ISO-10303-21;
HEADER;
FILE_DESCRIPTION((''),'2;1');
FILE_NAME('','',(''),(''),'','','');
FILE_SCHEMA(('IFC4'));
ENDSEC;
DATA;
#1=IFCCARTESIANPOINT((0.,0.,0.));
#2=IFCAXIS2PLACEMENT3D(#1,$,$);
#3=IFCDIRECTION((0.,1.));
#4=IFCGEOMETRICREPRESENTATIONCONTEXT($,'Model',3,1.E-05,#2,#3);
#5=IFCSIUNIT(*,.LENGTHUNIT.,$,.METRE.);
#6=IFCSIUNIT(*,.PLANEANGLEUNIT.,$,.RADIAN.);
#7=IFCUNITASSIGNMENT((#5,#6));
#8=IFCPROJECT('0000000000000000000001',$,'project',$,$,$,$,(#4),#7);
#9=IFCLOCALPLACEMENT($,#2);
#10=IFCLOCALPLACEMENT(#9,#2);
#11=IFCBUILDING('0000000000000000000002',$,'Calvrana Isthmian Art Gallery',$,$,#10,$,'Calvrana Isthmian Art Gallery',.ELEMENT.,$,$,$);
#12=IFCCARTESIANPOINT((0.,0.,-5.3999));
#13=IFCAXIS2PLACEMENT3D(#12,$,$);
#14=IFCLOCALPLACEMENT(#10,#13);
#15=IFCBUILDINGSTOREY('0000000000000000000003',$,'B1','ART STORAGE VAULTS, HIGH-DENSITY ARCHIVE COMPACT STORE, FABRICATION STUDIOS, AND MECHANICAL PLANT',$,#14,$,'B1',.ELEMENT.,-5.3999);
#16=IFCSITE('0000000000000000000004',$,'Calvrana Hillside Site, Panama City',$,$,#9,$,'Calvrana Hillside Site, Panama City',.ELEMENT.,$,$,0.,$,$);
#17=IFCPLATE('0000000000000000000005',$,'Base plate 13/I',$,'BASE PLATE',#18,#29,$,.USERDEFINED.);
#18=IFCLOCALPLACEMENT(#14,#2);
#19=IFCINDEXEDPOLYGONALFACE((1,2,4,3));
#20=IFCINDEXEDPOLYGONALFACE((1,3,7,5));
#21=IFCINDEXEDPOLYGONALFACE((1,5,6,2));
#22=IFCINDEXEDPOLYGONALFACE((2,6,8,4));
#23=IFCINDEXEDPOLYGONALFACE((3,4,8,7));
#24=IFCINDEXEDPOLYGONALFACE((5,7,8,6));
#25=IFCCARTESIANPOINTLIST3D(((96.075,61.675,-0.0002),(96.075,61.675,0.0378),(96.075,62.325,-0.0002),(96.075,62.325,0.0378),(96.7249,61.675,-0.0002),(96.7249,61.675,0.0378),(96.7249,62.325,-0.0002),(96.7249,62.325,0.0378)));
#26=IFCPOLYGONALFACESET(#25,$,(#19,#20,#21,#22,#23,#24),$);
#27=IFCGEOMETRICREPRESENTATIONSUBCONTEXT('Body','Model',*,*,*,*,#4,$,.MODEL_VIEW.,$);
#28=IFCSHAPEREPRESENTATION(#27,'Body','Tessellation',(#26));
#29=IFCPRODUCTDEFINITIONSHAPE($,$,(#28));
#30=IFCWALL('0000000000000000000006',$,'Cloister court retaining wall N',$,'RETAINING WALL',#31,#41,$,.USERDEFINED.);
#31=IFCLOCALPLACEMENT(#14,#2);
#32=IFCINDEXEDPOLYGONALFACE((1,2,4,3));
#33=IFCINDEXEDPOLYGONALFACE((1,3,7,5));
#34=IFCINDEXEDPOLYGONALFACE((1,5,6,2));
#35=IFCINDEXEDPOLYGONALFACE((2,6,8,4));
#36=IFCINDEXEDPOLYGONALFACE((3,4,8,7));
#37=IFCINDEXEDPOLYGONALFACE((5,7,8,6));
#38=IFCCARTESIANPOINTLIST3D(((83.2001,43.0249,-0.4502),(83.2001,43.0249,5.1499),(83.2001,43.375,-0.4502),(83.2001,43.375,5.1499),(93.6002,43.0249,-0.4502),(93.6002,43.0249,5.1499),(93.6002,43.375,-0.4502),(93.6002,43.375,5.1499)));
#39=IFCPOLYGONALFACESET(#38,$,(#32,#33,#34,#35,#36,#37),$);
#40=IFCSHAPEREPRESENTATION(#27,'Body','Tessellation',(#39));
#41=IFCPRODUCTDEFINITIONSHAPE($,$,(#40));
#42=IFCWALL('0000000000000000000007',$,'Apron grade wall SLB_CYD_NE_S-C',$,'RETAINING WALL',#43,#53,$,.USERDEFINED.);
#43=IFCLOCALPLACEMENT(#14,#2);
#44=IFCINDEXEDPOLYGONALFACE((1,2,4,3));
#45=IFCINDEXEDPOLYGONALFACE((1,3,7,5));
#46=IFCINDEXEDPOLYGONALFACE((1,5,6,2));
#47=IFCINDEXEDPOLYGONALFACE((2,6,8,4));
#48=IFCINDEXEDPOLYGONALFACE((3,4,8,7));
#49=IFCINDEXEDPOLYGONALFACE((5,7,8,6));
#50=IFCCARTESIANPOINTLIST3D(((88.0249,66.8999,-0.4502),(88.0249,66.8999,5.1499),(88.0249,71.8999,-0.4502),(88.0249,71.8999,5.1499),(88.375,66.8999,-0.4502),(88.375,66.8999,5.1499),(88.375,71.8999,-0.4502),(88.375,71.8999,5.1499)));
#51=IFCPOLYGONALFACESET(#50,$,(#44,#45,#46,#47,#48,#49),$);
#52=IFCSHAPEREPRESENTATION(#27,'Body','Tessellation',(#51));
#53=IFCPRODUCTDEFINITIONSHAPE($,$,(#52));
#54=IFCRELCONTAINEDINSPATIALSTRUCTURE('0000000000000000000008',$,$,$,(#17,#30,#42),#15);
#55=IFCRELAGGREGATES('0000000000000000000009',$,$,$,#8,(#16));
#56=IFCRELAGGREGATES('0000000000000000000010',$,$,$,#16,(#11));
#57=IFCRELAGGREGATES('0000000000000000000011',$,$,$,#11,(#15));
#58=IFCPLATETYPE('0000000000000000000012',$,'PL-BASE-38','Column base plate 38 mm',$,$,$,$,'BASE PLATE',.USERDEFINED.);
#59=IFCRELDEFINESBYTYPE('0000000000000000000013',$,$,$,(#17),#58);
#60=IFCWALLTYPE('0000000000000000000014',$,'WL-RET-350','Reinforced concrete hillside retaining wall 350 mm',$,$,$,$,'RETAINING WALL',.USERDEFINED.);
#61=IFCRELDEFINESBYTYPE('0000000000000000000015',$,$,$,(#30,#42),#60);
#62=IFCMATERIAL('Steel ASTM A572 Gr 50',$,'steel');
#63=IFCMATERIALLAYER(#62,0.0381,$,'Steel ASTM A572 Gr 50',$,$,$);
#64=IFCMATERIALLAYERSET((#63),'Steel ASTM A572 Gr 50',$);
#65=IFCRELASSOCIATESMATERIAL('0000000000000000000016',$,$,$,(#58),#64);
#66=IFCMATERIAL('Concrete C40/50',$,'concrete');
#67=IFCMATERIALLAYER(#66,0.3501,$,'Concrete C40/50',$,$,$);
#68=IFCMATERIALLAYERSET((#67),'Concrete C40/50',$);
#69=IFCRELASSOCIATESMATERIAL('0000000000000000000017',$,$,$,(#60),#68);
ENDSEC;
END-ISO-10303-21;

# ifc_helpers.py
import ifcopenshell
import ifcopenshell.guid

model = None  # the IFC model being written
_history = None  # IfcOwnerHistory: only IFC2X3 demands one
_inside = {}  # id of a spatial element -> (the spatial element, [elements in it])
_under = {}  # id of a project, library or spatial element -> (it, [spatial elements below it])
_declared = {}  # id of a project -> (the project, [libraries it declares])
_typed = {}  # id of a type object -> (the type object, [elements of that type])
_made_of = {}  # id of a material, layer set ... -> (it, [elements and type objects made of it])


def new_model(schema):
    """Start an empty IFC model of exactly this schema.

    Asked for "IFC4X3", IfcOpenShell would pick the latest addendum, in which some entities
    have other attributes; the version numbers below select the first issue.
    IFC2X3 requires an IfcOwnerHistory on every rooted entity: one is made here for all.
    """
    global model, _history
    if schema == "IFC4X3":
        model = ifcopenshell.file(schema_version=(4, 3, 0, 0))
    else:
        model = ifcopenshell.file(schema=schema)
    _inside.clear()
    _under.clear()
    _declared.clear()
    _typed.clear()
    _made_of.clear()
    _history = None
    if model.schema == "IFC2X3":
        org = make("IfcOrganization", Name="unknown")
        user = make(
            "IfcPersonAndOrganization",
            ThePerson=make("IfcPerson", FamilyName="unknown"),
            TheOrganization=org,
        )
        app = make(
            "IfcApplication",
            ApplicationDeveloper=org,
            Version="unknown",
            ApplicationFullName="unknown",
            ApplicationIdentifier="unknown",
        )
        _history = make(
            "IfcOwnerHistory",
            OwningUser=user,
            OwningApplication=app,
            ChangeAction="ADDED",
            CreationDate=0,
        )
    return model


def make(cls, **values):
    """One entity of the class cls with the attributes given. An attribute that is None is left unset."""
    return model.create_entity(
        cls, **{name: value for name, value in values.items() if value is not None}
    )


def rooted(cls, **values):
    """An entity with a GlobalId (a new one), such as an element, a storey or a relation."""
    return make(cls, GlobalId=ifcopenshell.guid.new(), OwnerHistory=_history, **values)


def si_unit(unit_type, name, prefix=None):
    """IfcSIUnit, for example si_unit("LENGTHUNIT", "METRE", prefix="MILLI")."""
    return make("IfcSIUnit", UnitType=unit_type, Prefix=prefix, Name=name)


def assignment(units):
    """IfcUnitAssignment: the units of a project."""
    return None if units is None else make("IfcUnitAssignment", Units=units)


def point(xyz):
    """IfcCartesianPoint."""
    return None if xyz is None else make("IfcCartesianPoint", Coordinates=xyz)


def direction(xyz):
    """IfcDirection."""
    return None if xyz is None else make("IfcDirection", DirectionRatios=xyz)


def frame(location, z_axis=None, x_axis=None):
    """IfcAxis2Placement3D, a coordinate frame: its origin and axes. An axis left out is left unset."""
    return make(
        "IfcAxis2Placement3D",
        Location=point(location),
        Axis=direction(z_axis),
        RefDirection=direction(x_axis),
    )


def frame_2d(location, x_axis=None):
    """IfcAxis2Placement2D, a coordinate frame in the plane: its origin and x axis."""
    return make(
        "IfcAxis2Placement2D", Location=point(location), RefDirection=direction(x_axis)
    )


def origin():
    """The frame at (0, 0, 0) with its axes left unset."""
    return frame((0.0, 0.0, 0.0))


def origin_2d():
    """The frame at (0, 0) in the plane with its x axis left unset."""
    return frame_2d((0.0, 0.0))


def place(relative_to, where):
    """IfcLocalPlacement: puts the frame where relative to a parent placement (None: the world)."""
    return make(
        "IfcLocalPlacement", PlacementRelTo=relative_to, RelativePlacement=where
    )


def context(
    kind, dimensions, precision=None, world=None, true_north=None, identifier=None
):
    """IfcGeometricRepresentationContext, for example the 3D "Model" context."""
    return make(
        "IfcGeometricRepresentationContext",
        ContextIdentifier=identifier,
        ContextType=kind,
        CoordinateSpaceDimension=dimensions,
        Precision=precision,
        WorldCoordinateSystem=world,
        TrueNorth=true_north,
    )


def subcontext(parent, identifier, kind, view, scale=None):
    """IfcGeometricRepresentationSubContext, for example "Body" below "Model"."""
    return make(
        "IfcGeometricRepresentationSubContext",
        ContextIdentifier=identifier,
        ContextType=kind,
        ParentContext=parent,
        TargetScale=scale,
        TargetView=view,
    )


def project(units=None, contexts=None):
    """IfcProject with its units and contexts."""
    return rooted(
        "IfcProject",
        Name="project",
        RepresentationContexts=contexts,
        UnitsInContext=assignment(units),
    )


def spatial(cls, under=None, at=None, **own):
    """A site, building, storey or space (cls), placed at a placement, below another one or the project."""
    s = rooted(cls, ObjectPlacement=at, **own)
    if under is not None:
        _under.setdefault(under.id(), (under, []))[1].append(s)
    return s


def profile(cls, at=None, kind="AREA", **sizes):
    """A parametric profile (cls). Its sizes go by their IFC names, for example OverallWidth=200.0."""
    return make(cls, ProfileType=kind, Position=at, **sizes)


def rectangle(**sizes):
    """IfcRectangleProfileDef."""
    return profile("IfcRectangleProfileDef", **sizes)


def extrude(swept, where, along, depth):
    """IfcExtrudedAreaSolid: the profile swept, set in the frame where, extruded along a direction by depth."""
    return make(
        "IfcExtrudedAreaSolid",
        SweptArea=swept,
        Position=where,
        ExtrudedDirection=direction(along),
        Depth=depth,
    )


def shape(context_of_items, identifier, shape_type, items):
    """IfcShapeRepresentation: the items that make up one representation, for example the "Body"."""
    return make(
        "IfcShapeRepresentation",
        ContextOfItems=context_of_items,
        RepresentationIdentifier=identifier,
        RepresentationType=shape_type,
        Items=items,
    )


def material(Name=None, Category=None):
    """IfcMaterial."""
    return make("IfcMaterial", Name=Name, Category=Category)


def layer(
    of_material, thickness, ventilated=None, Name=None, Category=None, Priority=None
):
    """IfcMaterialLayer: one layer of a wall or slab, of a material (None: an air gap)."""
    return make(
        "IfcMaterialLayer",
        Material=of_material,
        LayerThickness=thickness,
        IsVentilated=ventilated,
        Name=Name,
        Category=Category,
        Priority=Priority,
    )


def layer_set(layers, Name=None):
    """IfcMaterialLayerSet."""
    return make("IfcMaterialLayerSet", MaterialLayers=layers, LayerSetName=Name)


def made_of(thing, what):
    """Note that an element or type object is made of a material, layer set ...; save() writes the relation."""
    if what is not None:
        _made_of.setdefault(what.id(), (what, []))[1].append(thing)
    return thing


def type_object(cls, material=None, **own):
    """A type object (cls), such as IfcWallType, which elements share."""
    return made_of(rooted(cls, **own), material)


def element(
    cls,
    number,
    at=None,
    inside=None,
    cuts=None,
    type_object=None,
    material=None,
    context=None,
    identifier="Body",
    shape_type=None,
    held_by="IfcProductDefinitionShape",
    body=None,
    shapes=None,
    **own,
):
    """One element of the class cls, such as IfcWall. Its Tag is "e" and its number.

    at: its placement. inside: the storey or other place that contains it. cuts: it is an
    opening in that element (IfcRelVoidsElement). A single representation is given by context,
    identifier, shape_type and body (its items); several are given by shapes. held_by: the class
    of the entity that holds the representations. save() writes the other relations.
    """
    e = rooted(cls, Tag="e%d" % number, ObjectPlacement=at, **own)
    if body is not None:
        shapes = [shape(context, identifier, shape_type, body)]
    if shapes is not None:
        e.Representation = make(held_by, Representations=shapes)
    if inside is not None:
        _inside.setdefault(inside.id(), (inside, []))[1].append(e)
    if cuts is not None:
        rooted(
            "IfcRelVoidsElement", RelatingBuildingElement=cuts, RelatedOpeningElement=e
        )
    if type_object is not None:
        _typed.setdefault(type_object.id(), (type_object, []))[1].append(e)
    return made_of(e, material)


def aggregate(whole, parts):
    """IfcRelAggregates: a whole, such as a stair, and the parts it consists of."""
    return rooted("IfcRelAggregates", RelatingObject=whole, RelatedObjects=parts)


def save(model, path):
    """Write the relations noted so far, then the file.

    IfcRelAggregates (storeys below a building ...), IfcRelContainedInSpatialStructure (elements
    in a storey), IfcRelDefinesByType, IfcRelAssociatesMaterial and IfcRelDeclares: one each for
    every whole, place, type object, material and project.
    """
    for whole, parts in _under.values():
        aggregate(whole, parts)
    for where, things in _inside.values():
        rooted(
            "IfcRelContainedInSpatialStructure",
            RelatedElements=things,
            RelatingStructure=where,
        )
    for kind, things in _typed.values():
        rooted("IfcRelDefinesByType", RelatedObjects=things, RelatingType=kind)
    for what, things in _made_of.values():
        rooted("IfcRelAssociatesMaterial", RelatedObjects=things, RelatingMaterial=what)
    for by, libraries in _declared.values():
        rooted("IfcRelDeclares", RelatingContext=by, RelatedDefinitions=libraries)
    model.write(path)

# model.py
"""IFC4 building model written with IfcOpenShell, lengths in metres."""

from ifc_helpers import new_model, si_unit, direction, frame, frame_2d, origin, origin_2d, place, context, subcontext, project, spatial, rectangle, extrude, material, layer, layer_set, type_object, element, save


model = new_model("IFC4")

# Units and contexts
model_context = context("Model", 3, precision=1e-05, world=origin(), true_north=direction((0.0, 1.0)))
body_context = subcontext(model_context, "Body", "Model", "MODEL_VIEW")
ifc_project = project(units=[si_unit("LENGTHUNIT", "METRE"), si_unit("PLANEANGLEUNIT", "RADIAN")], contexts=[model_context])

# Site, building, storey
site_placement = place(None, origin())
site = spatial("IfcSite", under=ifc_project, at=site_placement, Name="Calvrana Hillside Site, Panama City", LongName="Calvrana Hillside Site, Panama City", CompositionType="ELEMENT", RefElevation=0.0)
building_placement = place(site_placement, origin())
building = spatial("IfcBuilding", under=site, at=building_placement, Name="Calvrana Isthmian Art Gallery", LongName="Calvrana Isthmian Art Gallery", CompositionType="ELEMENT")
storey_placement = place(building_placement, frame((0.0, 0.0, -5.3999)))
storey = spatial("IfcBuildingStorey", under=building, at=storey_placement, Name="B1", Description="ART STORAGE VAULTS, HIGH-DENSITY ARCHIVE COMPACT STORE, FABRICATION STUDIOS, AND MECHANICAL PLANT", LongName="B1", CompositionType="ELEMENT", Elevation=-5.3999)

# Plate
ifc_material_1 = material(Name="Steel ASTM A572 Gr 50", Category="steel")
ifc_layer_1 = layer(ifc_material_1, 0.0381, Name="Steel ASTM A572 Gr 50")
ifc_layer_set_1 = layer_set([ifc_layer_1], Name="Steel ASTM A572 Gr 50")
plate_type = type_object("IfcPlateType", Name="PL-BASE-38", Description="Column base plate 38 mm", ElementType="BASE PLATE", PredefinedType="USERDEFINED", material=ifc_layer_set_1)
for number, where, z_axis, x_axis, name in (
    (1, (96.3999, 62.0, -0.0002), (0.0, 0.0, 1.0), (1.0, 0.0, 0.0), "Base plate 13/I"),
):
    element("IfcPlate", number, at=place(storey_placement, frame(where, z_axis=z_axis, x_axis=x_axis)), inside=storey, type_object=plate_type, Name=name, ObjectType="BASE PLATE", PredefinedType="USERDEFINED", context=body_context, shape_type="SweptSolid", body=[
        extrude(rectangle(XDim=0.6499, YDim=0.6499, at=origin_2d()), origin(), (0.0, 0.0, 1.0), 0.0381),
    ])

# Walls
ifc_material_2 = material(Name="Concrete C40/50", Category="concrete")
ifc_layer_2 = layer(ifc_material_2, 0.3501, Name="Concrete C40/50")
ifc_layer_set_2 = layer_set([ifc_layer_2], Name="Concrete C40/50")
wall_type = type_object("IfcWallType", Name="WL-RET-350", Description="Reinforced concrete hillside retaining wall 350 mm", ElementType="RETAINING WALL", PredefinedType="USERDEFINED", material=ifc_layer_set_2)
wall_1_placement = place(storey_placement, frame((83.2, 43.2, -0.4502), z_axis=(0.0, 0.0, 1.0), x_axis=(1.0, 0.0, 0.0)))
element("IfcWall", 2, at=wall_1_placement, inside=storey, type_object=wall_type, Name="Cloister court retaining wall N", ObjectType="RETAINING WALL", PredefinedType="USERDEFINED", context=body_context, shape_type="SweptSolid", body=[
    extrude(rectangle(XDim=10.4001, YDim=0.3501, at=frame_2d((5.2002, 0.0))), origin(), (0.0, 0.0, 1.0), 5.6001),
])
wall_2_placement = place(storey_placement, frame((88.2, 66.8999, -0.4502), z_axis=(0.0, 0.0, 1.0), x_axis=(0.0, 1.0, 0.0)))
element("IfcWall", 3, at=wall_2_placement, inside=storey, type_object=wall_type, Name="Apron grade wall SLB_CYD_NE_S-C", ObjectType="RETAINING WALL", PredefinedType="USERDEFINED", context=body_context, shape_type="SweptSolid", body=[
    extrude(rectangle(XDim=5.0, YDim=0.3501, at=frame_2d((2.5, 0.0))), origin(), (0.0, 0.0, 1.0), 5.6001),
])

save(model, "model.ifc")
